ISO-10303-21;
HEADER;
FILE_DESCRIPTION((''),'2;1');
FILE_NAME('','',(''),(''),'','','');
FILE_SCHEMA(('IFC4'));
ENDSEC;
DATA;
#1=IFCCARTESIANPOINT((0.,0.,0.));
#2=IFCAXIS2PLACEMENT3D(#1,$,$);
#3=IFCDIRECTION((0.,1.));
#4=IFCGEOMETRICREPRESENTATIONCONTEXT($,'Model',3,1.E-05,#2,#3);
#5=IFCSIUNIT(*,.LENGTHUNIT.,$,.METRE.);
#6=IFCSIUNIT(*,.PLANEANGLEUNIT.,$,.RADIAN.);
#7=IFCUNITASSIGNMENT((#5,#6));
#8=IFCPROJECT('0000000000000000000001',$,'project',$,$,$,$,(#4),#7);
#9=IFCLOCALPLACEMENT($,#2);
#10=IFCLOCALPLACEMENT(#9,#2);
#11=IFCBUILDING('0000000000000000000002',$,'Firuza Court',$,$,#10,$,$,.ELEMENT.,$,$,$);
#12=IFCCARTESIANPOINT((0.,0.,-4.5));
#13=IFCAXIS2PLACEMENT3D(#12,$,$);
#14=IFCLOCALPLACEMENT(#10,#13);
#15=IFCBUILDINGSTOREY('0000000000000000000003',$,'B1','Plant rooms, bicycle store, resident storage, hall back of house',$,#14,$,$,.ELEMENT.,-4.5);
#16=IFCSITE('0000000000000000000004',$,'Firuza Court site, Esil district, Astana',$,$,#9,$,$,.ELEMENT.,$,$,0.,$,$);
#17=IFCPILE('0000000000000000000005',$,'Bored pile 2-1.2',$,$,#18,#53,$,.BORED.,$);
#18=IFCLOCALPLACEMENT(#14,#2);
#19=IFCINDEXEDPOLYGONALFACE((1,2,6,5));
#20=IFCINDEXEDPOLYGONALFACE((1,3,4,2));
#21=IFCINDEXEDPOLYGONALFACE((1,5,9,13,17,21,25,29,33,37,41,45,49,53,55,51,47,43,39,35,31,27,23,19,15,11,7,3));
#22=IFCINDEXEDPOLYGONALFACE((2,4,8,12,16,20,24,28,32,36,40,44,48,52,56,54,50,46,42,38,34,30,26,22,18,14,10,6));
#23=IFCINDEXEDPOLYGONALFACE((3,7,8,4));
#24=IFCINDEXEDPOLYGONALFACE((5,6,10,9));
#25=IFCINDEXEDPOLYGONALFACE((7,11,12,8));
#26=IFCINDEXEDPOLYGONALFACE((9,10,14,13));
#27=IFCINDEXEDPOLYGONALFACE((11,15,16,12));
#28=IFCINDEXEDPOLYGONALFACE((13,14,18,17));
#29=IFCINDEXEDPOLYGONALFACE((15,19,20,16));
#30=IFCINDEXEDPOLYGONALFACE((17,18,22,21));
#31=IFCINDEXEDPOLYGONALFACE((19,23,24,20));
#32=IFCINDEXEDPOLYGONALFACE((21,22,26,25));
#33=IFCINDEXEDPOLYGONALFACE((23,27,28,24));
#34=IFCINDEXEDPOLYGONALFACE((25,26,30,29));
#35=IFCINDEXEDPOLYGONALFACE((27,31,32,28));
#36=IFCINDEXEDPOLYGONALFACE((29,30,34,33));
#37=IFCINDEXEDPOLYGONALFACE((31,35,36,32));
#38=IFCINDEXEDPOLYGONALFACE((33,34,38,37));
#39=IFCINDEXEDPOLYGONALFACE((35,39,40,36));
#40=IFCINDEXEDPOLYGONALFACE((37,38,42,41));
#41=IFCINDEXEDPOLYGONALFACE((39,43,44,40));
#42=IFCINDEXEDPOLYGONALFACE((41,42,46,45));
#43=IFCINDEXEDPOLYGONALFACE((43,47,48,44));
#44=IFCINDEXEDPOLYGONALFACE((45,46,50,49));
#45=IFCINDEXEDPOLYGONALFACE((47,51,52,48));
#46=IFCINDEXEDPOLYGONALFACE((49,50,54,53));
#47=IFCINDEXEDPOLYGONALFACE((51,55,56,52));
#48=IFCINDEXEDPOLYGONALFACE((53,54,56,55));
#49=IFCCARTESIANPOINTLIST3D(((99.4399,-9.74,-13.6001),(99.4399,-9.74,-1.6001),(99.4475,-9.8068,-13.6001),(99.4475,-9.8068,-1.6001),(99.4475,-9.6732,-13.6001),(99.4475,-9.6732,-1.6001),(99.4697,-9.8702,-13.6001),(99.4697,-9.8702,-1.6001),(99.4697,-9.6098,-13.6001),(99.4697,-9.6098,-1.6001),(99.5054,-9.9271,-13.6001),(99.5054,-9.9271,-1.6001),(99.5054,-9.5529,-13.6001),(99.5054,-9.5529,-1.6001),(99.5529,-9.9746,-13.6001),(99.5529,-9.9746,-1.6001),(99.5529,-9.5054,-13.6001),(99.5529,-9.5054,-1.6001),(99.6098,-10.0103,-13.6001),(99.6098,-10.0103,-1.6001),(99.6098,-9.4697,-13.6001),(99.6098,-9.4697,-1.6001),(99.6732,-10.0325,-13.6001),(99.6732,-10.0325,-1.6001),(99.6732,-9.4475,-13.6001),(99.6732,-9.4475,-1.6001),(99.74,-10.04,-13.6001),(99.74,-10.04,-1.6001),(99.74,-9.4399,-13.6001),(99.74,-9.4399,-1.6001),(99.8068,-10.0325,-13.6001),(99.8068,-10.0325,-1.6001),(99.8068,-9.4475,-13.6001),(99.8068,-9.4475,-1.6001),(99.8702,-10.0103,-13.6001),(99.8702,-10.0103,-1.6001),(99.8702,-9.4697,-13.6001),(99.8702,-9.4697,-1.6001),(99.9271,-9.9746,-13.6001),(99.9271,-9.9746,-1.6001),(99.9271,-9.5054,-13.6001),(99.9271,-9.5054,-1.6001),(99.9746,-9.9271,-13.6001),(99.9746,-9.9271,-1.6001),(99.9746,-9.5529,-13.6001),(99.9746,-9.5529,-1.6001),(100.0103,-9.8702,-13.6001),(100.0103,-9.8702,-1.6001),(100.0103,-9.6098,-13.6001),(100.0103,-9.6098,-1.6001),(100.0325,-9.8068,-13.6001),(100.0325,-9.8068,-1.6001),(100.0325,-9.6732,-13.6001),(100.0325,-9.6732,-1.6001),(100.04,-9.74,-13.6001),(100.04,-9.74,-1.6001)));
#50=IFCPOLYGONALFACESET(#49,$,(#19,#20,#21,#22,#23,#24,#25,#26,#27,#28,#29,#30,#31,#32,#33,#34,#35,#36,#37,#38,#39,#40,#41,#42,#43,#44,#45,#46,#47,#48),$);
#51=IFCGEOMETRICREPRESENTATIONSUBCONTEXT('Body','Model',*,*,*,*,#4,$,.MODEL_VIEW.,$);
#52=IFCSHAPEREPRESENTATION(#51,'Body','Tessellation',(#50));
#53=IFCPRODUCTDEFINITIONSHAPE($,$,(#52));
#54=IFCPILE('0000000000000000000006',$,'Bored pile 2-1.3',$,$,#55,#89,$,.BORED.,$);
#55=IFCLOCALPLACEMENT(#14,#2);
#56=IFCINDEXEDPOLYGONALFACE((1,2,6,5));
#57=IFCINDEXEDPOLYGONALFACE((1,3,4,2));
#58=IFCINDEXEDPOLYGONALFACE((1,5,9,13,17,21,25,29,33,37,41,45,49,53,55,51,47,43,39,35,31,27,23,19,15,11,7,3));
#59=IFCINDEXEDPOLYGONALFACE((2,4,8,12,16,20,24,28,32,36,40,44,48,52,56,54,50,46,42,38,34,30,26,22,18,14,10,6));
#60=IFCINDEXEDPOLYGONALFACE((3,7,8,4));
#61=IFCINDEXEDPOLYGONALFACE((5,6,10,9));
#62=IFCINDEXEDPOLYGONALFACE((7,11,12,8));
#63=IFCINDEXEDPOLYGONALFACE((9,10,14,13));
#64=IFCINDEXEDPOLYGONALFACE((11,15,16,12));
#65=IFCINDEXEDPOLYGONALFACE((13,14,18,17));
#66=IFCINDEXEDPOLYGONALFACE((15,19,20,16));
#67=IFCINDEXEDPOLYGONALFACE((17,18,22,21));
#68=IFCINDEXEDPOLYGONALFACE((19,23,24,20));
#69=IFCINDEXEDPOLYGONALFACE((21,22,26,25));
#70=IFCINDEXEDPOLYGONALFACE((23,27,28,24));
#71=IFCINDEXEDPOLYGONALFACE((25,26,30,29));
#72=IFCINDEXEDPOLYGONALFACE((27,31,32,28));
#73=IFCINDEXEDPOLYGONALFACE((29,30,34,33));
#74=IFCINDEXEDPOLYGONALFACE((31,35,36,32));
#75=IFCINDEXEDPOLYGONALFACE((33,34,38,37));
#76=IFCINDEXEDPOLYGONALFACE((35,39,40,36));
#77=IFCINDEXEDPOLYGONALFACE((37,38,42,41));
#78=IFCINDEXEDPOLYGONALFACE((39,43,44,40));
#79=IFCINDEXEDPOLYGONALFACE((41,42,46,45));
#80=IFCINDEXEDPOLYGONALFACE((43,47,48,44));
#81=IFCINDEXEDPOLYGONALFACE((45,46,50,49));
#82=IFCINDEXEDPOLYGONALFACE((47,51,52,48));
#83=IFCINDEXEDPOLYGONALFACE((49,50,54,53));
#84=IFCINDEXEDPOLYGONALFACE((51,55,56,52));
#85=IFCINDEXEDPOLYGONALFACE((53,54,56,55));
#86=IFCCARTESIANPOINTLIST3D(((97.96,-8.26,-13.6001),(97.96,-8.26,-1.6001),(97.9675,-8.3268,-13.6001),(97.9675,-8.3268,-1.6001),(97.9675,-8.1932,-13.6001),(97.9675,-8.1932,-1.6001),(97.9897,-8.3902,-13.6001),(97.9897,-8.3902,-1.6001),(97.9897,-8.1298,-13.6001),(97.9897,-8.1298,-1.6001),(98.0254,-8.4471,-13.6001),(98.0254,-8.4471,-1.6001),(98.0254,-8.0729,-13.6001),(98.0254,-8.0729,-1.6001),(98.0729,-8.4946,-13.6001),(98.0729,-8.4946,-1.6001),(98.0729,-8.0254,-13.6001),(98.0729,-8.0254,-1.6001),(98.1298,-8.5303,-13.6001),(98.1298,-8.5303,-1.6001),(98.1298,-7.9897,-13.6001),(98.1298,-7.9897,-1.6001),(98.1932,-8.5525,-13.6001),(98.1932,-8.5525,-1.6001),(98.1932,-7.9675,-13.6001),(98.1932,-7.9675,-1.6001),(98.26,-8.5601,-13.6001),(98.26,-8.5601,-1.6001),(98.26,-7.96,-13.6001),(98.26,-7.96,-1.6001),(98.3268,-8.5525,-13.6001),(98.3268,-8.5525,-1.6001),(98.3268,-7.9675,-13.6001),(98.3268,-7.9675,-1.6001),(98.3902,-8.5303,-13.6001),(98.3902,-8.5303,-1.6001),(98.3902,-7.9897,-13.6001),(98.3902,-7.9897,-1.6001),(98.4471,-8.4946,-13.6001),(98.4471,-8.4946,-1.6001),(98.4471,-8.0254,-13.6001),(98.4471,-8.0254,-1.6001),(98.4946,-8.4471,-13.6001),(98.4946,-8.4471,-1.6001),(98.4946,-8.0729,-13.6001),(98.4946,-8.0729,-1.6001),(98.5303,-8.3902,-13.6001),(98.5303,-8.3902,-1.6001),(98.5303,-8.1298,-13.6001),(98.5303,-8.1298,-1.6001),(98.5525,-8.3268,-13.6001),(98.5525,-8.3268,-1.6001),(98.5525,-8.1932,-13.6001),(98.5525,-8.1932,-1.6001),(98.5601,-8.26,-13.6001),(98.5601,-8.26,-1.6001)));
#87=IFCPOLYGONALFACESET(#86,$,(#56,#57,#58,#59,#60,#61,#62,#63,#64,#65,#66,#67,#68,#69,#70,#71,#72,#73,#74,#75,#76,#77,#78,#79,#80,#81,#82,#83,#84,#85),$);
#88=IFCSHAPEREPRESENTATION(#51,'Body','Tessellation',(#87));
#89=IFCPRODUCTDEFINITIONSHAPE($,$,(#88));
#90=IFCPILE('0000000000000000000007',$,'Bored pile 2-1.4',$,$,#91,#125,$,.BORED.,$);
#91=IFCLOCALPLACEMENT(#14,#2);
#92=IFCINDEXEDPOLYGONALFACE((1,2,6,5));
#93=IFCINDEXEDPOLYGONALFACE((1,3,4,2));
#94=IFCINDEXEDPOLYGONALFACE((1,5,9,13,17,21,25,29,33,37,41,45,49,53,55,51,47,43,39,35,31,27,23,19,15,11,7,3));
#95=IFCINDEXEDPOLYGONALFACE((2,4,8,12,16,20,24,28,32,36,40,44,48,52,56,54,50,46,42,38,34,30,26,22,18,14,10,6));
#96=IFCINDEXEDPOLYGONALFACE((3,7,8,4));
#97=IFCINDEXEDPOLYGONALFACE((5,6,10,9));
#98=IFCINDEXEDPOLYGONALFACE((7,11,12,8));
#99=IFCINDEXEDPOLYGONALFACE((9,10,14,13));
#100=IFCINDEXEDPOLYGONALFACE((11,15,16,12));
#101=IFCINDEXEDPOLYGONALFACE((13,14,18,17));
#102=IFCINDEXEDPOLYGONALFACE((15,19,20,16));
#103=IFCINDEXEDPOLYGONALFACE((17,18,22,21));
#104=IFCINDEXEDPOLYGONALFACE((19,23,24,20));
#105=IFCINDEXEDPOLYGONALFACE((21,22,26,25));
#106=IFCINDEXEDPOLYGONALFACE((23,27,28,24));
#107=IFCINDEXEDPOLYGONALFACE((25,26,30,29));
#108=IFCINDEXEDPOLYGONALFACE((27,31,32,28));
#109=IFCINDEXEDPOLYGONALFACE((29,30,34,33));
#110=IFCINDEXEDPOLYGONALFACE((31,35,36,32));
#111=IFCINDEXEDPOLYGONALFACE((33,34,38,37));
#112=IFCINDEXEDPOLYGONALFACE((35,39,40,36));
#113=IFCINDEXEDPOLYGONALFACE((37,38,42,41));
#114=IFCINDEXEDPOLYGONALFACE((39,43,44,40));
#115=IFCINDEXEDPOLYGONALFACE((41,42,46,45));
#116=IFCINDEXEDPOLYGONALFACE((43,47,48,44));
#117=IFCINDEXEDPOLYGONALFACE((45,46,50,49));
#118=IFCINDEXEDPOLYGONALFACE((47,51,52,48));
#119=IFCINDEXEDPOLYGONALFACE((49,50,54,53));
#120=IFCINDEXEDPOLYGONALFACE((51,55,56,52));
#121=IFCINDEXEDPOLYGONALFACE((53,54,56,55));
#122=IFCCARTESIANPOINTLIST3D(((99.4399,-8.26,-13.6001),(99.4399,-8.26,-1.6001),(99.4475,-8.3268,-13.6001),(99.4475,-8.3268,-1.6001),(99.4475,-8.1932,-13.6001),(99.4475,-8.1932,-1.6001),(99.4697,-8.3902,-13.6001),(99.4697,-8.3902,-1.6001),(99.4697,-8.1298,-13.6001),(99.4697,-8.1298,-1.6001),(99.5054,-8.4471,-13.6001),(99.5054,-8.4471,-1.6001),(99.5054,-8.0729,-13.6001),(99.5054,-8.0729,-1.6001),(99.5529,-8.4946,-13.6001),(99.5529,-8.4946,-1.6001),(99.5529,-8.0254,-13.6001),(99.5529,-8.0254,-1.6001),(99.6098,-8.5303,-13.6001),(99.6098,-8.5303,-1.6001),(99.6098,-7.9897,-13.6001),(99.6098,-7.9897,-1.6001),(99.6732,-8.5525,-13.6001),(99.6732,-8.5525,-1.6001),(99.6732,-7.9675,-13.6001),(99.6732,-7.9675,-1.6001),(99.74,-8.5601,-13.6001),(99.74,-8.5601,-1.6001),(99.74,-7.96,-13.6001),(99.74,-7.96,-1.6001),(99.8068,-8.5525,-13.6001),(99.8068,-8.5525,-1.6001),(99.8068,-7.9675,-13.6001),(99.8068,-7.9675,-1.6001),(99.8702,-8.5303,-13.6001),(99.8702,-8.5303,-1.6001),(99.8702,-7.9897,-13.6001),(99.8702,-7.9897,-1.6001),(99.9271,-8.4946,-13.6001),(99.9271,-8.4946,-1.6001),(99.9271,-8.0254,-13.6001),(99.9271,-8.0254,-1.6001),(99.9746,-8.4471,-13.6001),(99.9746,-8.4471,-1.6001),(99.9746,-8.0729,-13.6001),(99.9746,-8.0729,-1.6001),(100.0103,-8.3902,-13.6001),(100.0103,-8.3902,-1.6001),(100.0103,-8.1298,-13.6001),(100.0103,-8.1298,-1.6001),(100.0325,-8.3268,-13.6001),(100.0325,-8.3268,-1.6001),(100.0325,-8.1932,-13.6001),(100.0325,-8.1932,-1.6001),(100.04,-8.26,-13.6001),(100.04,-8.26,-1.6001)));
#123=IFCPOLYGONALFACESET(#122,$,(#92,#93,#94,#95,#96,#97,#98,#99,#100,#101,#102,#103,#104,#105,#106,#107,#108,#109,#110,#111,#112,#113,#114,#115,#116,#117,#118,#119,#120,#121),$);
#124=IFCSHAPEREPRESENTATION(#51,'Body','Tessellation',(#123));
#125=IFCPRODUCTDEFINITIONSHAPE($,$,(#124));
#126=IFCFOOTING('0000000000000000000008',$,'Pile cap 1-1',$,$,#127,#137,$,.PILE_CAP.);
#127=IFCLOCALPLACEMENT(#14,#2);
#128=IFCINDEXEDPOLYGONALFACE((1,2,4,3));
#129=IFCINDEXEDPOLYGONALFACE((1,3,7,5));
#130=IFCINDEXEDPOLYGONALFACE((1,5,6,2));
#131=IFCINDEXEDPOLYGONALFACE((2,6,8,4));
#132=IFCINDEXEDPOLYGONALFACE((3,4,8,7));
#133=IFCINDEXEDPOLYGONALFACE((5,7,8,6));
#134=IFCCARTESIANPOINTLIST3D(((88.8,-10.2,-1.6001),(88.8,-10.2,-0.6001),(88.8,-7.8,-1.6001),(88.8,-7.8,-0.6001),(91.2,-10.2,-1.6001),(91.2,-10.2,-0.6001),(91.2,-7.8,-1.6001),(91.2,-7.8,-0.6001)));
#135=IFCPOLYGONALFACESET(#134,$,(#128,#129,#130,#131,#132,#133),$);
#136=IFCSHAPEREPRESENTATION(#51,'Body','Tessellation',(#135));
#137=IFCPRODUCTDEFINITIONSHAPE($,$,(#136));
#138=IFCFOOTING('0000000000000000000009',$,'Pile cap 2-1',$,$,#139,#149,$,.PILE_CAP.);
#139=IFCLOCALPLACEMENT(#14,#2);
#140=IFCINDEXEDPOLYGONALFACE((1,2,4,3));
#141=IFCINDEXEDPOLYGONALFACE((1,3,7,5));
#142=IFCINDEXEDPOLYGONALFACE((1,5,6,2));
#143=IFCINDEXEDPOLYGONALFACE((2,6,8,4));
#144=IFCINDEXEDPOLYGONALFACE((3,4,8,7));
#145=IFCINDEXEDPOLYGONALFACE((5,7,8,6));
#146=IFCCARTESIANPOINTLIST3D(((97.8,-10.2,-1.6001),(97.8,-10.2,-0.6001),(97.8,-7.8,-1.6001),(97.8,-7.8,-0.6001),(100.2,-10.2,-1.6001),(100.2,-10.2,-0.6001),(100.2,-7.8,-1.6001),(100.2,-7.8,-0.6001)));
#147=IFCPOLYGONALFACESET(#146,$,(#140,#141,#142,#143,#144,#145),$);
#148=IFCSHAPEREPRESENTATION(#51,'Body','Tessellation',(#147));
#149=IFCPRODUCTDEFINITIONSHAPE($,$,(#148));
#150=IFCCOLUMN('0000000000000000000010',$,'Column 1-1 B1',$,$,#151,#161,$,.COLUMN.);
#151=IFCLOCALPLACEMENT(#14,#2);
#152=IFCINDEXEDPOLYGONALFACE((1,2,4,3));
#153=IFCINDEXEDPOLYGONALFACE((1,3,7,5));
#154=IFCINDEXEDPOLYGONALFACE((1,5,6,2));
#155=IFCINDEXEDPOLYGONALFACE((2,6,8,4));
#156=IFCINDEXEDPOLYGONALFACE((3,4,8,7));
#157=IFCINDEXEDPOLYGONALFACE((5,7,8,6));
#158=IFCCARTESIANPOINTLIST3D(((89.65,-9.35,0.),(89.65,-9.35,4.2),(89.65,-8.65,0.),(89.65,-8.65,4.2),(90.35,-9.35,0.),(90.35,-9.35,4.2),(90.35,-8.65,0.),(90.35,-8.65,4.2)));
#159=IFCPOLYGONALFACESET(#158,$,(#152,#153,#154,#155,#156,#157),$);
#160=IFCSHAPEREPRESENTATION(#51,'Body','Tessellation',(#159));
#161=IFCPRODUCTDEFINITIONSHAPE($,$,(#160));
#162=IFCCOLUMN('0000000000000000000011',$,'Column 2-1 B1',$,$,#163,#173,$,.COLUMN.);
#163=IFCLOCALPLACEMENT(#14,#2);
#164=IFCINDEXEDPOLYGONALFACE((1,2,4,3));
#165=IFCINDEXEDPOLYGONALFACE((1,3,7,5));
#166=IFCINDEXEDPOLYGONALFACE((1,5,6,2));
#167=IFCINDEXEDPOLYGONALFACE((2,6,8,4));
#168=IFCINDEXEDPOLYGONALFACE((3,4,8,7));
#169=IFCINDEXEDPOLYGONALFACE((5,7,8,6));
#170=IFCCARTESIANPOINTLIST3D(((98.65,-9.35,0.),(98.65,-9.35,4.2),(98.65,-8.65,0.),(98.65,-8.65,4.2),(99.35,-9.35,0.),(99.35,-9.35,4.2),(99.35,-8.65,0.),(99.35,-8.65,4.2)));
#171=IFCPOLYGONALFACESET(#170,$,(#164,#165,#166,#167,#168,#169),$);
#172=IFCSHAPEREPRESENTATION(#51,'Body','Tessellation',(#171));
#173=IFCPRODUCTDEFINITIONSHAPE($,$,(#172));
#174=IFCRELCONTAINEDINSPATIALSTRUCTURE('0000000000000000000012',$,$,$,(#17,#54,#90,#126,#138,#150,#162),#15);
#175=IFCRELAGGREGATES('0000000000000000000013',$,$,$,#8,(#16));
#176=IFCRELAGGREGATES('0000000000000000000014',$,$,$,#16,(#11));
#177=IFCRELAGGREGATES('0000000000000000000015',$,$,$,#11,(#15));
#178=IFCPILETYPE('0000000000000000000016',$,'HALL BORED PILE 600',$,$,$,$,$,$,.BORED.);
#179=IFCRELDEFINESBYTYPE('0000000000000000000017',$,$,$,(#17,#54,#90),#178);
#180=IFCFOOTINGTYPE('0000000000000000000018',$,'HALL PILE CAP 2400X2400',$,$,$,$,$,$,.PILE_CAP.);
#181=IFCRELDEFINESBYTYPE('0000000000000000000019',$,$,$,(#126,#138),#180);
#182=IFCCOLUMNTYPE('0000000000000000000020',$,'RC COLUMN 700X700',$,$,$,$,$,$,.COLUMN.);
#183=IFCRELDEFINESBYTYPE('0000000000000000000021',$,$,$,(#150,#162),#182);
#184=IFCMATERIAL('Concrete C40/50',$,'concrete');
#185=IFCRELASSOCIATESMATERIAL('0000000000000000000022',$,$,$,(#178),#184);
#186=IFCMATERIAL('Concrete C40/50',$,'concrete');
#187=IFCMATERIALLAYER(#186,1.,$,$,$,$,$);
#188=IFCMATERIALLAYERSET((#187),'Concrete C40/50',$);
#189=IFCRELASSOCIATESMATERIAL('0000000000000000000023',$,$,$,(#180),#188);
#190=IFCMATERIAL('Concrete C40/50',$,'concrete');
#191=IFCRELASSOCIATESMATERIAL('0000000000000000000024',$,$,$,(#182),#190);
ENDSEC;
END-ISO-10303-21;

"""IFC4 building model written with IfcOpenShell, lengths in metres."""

from ifc_helpers import new_model, si_unit, direction, frame, origin, origin_2d, place, context, subcontext, project, spatial, rectangle, circle, extrude, material, layer, layer_set, material_profile, profile_set, type_object, element, save


model = new_model("IFC4")

# Units and contexts
model_context = context("Model", 3, precision=1e-05, world=origin(), true_north=direction((0.0, 1.0)))
body_context = subcontext(model_context, "Body", "Model", "MODEL_VIEW")
ifc_project = project(units=[si_unit("LENGTHUNIT", "METRE"), si_unit("PLANEANGLEUNIT", "RADIAN")], contexts=[model_context])

# Site, building, storey
site_placement = place(None, origin())
site = spatial("IfcSite", under=ifc_project, at=site_placement, Name="Firuza Court site, Esil district, Astana", CompositionType="ELEMENT", RefElevation=0.0)
building_placement = place(site_placement, origin())
building = spatial("IfcBuilding", under=site, at=building_placement, Name="Firuza Court", CompositionType="ELEMENT")
storey_placement = place(building_placement, frame((0.0, 0.0, -4.5)))
storey = spatial("IfcBuildingStorey", under=building, at=storey_placement, Name="B1", Description="Plant rooms, bicycle store, resident storage, hall back of house", CompositionType="ELEMENT", Elevation=-4.5)

# Piles
ifc_material_1 = material(Name="Concrete C40/50", Category="concrete")
ifc_material_profile_1 = material_profile(ifc_material_1, circle(Radius=0.3, at=origin_2d()), Name="PILE 600")
ifc_profile_set_1 = profile_set([ifc_material_profile_1], Name="Concrete C40/50")
pile_type = type_object("IfcPileType", Name="HALL BORED PILE 600", PredefinedType="BORED", material=ifc_profile_set_1)
for number, where, z_axis, x_axis, name in (
    (1, (99.74, -9.74, -1.6001), (0.0, 0.0, -1.0), (1.0, 0.0, 0.0), "Bored pile 2-1.2"),
    (2, (98.26, -8.26, -1.6001), (0.0, 0.0, -1.0), (1.0, 0.0, 0.0), "Bored pile 2-1.3"),
    (3, (99.74, -8.26, -1.6001), (0.0, 0.0, -1.0), (1.0, 0.0, 0.0), "Bored pile 2-1.4"),
):
    element("IfcPile", number, at=place(storey_placement, frame(where, z_axis=z_axis, x_axis=x_axis)), inside=storey, type_object=pile_type, Name=name, PredefinedType="BORED", context=body_context, shape_type="SweptSolid", body=[
        extrude(circle(Radius=0.3, at=origin_2d()), origin(), (0.0, 0.0, 1.0), 12.0),
    ])

# Footings
ifc_material_2 = material(Name="Concrete C40/50", Category="concrete")
ifc_layer_1 = layer(ifc_material_2, 1.0)
ifc_layer_set_1 = layer_set([ifc_layer_1], Name="Concrete C40/50")
footing_type = type_object("IfcFootingType", Name="HALL PILE CAP 2400X2400", PredefinedType="PILE_CAP", material=ifc_layer_set_1)
for number, where, z_axis, x_axis, name in (
    (4, (90.0, -9.0, -1.6001), (0.0, 0.0, 1.0), (1.0, 0.0, 0.0), "Pile cap 1-1"),
    (5, (99.0, -9.0, -1.6001), (0.0, 0.0, 1.0), (1.0, 0.0, 0.0), "Pile cap 2-1"),
):
    element("IfcFooting", number, at=place(storey_placement, frame(where, z_axis=z_axis, x_axis=x_axis)), inside=storey, type_object=footing_type, Name=name, PredefinedType="PILE_CAP", context=body_context, shape_type="SweptSolid", body=[
        extrude(rectangle(XDim=2.3999, YDim=2.3999, at=origin_2d()), origin(), (0.0, 0.0, 1.0), 1.0),
    ])

# Columns
ifc_material_3 = material(Name="Concrete C40/50", Category="concrete")
ifc_material_profile_2 = material_profile(ifc_material_3, rectangle(XDim=0.7, YDim=0.7, at=origin_2d()), Name="RC 700X700")
ifc_profile_set_2 = profile_set([ifc_material_profile_2], Name="Concrete C40/50")
column_type = type_object("IfcColumnType", Name="RC COLUMN 700X700", PredefinedType="COLUMN", material=ifc_profile_set_2)
for number, where, z_axis, x_axis, name in (
    (6, (90.0, -9.0, 0.0), (0.0, 0.0, 1.0), (1.0, 0.0, 0.0), "Column 1-1 B1"),
    (7, (99.0, -9.0, 0.0), (0.0, 0.0, 1.0), (1.0, 0.0, 0.0), "Column 2-1 B1"),
):
    element("IfcColumn", number, at=place(storey_placement, frame(where, z_axis=z_axis, x_axis=x_axis)), inside=storey, type_object=column_type, Name=name, PredefinedType="COLUMN", context=body_context, shape_type="SweptSolid", body=[
        extrude(rectangle(XDim=0.7, YDim=0.7, at=origin_2d()), origin(), (0.0, 0.0, 1.0), 4.2),
    ])

save(model, "model.ifc")
